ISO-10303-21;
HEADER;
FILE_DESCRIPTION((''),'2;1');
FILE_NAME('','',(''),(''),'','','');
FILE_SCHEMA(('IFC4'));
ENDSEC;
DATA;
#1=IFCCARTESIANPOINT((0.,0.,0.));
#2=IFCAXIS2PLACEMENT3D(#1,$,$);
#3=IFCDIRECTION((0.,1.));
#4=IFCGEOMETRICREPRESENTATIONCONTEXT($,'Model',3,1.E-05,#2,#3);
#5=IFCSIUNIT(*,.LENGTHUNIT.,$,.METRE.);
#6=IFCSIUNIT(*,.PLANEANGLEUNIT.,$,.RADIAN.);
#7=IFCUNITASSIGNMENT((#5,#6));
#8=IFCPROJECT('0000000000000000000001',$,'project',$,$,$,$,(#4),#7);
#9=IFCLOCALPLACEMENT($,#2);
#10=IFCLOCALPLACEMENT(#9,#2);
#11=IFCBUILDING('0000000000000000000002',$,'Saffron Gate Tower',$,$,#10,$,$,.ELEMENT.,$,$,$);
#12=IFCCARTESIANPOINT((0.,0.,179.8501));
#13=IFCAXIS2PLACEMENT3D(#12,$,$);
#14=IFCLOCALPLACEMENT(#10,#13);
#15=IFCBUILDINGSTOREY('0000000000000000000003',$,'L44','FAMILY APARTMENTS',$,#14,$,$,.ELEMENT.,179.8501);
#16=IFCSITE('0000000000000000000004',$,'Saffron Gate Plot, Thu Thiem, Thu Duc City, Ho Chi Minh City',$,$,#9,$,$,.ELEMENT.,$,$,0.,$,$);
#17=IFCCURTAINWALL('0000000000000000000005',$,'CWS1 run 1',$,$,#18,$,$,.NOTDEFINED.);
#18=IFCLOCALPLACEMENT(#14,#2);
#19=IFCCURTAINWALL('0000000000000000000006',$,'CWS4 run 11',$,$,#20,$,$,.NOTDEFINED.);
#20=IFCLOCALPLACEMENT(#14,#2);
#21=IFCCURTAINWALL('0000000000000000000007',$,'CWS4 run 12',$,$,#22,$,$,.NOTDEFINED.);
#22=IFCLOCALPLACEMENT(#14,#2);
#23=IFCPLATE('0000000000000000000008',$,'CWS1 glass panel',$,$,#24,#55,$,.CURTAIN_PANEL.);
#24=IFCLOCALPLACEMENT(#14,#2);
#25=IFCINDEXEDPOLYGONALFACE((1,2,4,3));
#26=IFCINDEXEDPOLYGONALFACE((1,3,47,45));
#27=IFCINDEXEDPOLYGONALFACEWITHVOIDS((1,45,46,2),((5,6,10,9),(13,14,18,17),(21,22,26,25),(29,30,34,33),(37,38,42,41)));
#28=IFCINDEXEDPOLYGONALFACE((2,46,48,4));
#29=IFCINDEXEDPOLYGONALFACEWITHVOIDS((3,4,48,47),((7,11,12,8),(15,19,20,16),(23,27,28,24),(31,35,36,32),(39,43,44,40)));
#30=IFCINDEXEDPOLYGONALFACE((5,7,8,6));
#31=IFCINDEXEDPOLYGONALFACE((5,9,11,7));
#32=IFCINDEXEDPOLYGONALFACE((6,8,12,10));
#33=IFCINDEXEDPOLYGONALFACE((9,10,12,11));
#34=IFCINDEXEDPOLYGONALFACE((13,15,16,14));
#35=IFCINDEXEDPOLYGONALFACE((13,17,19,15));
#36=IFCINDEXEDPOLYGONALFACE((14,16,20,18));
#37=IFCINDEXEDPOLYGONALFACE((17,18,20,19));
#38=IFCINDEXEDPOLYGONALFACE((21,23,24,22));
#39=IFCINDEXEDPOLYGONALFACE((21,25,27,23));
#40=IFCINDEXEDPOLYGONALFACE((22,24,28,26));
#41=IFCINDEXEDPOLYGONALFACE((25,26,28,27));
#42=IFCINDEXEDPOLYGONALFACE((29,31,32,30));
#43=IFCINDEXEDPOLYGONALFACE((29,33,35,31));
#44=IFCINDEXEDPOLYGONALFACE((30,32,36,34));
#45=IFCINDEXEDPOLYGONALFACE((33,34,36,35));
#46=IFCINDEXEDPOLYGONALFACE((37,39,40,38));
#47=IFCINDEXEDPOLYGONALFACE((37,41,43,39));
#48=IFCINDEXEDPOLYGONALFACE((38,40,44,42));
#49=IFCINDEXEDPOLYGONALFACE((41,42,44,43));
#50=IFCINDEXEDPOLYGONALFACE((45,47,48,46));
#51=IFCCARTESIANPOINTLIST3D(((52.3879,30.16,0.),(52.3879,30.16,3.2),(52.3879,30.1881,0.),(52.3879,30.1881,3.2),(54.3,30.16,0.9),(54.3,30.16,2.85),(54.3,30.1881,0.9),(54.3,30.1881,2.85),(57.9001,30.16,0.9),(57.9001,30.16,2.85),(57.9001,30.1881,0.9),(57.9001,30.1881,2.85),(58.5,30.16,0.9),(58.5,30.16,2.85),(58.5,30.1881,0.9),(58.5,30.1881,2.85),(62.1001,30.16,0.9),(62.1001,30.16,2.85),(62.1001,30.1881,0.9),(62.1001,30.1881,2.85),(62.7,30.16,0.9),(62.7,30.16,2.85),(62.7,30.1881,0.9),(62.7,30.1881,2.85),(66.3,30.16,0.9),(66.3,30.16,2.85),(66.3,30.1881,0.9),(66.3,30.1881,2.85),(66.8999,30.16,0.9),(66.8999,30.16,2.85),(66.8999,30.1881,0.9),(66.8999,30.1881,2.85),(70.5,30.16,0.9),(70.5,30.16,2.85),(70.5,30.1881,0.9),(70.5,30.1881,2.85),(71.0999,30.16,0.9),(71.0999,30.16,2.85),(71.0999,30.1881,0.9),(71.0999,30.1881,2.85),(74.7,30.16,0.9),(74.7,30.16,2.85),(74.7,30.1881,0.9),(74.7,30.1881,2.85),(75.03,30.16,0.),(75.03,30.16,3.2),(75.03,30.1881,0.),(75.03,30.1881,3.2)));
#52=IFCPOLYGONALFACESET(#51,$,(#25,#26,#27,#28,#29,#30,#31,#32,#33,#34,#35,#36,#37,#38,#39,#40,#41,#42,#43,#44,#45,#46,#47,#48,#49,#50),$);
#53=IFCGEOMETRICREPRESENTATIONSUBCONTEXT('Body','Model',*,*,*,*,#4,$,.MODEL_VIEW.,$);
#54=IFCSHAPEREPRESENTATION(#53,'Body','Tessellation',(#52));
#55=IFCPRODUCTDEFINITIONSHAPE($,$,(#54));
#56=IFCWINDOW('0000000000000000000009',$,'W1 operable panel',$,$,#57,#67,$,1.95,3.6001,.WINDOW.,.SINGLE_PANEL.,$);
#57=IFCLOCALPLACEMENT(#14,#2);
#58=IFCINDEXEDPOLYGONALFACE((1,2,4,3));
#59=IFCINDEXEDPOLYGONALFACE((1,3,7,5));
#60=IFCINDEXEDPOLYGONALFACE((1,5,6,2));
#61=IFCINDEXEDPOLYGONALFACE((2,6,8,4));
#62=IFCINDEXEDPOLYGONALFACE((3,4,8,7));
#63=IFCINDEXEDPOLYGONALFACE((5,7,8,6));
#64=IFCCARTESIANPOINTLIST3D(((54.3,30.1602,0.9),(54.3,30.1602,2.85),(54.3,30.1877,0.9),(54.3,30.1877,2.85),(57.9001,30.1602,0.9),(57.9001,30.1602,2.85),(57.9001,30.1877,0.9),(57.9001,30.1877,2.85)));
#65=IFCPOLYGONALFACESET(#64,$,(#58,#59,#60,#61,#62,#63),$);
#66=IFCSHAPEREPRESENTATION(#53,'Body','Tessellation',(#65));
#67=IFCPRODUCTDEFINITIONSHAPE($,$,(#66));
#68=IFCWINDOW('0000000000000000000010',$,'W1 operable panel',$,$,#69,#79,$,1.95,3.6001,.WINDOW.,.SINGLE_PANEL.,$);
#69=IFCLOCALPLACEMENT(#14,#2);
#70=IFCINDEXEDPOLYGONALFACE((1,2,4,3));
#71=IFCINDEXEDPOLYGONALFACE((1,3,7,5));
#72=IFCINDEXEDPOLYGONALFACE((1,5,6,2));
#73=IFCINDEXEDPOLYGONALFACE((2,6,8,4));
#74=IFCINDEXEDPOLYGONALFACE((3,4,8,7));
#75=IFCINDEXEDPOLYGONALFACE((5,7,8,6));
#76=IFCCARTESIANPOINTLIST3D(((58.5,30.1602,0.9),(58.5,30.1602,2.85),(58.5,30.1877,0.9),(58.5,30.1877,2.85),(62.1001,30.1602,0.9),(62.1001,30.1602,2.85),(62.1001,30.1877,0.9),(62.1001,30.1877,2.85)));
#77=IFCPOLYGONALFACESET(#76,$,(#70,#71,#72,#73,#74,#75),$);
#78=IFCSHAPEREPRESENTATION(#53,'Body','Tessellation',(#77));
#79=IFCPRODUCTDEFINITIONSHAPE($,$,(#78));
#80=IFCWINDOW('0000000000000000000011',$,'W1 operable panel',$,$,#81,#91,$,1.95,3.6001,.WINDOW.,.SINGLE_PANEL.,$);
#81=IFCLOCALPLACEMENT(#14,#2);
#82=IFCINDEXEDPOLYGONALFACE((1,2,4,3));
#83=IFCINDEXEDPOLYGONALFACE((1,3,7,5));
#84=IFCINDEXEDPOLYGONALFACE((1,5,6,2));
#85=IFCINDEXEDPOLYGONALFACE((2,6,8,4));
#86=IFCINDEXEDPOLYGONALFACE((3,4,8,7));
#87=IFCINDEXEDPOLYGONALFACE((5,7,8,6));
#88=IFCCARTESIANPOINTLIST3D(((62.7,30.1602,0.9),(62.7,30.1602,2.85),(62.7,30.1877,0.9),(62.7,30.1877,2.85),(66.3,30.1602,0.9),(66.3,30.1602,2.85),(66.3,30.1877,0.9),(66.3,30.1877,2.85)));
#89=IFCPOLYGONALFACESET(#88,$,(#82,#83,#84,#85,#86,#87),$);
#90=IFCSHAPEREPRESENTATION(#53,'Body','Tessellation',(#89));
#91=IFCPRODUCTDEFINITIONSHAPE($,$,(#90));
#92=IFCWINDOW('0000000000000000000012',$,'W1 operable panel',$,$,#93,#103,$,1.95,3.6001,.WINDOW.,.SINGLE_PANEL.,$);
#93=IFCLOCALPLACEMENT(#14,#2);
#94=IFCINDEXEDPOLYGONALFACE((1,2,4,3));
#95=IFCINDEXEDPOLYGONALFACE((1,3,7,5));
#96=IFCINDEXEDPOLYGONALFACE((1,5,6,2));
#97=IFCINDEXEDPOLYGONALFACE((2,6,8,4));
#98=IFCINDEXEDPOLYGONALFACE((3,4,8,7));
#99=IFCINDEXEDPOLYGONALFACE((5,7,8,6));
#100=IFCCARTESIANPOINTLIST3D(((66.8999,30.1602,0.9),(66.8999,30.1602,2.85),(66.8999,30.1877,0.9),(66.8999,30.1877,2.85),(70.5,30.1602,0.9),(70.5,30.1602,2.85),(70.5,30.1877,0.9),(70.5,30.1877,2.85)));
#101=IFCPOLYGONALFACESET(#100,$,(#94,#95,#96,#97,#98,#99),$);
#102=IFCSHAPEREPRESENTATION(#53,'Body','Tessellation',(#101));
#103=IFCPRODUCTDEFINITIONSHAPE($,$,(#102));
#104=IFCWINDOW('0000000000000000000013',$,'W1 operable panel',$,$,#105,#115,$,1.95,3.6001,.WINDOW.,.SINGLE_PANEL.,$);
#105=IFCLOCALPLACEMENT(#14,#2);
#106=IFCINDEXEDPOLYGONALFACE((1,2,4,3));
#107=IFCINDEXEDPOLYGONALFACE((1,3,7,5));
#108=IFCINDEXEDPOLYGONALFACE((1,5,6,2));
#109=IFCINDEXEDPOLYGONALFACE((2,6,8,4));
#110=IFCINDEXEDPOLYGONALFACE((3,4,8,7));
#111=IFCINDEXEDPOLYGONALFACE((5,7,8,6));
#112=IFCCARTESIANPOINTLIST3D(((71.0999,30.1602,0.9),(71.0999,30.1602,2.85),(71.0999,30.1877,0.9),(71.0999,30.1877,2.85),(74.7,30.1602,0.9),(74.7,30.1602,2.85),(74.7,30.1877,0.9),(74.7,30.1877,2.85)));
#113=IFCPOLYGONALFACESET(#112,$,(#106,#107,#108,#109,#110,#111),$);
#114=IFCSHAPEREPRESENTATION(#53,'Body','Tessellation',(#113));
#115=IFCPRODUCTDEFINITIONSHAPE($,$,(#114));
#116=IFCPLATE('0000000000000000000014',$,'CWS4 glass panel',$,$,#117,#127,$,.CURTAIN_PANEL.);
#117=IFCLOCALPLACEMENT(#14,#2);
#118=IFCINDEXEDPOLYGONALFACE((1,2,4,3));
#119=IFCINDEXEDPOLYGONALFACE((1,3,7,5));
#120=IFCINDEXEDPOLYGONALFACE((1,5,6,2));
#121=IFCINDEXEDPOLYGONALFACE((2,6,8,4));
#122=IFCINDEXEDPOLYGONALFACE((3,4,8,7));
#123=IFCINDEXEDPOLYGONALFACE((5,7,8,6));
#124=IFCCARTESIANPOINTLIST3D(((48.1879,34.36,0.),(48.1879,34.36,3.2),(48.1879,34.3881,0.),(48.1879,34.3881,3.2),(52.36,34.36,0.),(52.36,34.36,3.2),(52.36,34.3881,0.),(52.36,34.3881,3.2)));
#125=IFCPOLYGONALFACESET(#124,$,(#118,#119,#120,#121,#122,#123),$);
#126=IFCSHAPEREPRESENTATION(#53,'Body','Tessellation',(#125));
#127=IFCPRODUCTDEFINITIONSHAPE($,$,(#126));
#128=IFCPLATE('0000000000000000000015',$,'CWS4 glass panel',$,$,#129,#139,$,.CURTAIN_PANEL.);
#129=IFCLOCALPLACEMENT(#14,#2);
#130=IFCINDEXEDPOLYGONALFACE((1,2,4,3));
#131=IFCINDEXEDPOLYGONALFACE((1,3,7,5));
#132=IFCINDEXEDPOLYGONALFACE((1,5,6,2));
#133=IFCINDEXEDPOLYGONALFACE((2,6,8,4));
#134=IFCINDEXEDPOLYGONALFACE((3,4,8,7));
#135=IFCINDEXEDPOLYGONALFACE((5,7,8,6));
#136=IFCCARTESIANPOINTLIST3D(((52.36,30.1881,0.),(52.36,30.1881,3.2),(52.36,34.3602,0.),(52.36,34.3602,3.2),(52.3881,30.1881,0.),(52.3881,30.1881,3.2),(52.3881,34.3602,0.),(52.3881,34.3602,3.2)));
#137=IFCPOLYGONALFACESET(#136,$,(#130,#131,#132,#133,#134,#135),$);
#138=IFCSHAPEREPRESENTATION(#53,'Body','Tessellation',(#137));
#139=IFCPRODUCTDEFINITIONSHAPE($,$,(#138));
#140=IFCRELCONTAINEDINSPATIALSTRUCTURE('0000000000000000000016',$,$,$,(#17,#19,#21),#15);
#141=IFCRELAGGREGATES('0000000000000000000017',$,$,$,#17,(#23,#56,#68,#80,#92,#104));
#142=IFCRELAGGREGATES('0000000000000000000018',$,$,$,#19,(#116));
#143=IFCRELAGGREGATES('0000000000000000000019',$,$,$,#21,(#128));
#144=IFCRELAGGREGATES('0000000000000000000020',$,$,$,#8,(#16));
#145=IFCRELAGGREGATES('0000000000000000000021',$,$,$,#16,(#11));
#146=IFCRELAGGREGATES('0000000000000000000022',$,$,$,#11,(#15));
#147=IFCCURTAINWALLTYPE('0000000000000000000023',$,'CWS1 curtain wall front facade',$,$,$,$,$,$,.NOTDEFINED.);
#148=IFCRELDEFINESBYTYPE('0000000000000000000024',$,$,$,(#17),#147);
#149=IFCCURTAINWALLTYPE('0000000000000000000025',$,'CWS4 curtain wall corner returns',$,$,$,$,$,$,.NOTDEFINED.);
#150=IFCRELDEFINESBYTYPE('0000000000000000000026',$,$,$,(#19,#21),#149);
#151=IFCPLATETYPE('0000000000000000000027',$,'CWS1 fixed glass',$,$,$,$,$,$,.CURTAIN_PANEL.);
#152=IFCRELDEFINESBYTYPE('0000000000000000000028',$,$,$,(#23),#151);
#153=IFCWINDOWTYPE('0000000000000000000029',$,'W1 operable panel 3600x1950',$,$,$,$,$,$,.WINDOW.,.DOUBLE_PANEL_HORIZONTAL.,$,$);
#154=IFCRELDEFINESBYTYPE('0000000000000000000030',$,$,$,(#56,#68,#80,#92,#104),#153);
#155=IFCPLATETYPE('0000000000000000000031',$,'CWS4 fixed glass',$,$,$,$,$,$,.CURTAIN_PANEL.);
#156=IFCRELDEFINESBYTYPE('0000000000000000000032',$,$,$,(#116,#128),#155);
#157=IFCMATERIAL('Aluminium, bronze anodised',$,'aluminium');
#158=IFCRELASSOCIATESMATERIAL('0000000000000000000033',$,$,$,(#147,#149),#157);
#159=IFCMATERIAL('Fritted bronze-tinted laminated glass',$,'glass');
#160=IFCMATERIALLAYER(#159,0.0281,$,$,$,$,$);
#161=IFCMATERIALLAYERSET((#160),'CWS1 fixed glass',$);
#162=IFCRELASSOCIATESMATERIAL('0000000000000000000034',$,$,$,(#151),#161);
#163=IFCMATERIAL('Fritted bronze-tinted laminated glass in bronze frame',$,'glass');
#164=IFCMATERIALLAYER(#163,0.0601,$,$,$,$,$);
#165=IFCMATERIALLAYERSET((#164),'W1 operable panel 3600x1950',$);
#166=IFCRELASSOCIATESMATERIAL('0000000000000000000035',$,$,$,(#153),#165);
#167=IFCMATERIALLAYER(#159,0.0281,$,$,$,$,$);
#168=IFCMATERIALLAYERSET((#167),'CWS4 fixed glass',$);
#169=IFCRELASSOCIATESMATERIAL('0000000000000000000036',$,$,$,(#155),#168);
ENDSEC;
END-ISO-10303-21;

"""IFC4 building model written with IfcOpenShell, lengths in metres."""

from ifc_helpers import new_model, si_unit, direction, frame, frame_2d, origin, place, context, subcontext, project, spatial, rectangle, extrude, material, layer, layer_set, type_object, element, fill, aggregate, save


model = new_model("IFC4")

# Units and contexts
model_context = context("Model", 3, precision=1e-05, world=origin(), true_north=direction((0.0, 1.0)))
body_context = subcontext(model_context, "Body", "Model", "MODEL_VIEW")
ifc_project = project(units=[si_unit("LENGTHUNIT", "METRE"), si_unit("PLANEANGLEUNIT", "RADIAN")], contexts=[model_context])

# Site, building, storey
site_placement = place(None, origin())
site = spatial("IfcSite", under=ifc_project, at=site_placement, Name="Saffron Gate Plot, Thu Thiem, Thu Duc City, Ho Chi Minh City", CompositionType="ELEMENT", RefElevation=0.0)
building_placement = place(site_placement, origin())
building = spatial("IfcBuilding", under=site, at=building_placement, Name="Saffron Gate Tower", CompositionType="ELEMENT")
storey_placement = place(building_placement, frame((0.0, 0.0, 179.8501)))
storey = spatial("IfcBuildingStorey", under=building, at=storey_placement, Name="L44", Description="FAMILY APARTMENTS", CompositionType="ELEMENT", Elevation=179.8501)

# Curtain wall
ifc_material_1 = material(Name="Aluminium, bronze anodised", Category="aluminium")
curtain_wall_type_1 = type_object("IfcCurtainWallType", Name="CWS1 curtain wall front facade", PredefinedType="NOTDEFINED", material=ifc_material_1)
curtain_wall_1_placement = place(storey_placement, origin())
curtain_wall_1 = element("IfcCurtainWall", 1, at=curtain_wall_1_placement, inside=storey, type_object=curtain_wall_type_1, Name="CWS1 run 1", PredefinedType="NOTDEFINED")

# Curtain walls
curtain_wall_type_2 = type_object("IfcCurtainWallType", Name="CWS4 curtain wall corner returns", PredefinedType="NOTDEFINED", material=ifc_material_1)
curtain_wall_2_placement = place(storey_placement, origin())
curtain_wall_2 = element("IfcCurtainWall", 2, at=curtain_wall_2_placement, inside=storey, type_object=curtain_wall_type_2, Name="CWS4 run 11", PredefinedType="NOTDEFINED")
curtain_wall_3_placement = place(storey_placement, origin())
curtain_wall_3 = element("IfcCurtainWall", 3, at=curtain_wall_3_placement, inside=storey, type_object=curtain_wall_type_2, Name="CWS4 run 12", PredefinedType="NOTDEFINED")

# Plate, openings, windows
ifc_material_2 = material(Name="Fritted bronze-tinted laminated glass", Category="glass")
ifc_layer_1 = layer(ifc_material_2, 0.0281)
ifc_layer_set_1 = layer_set([ifc_layer_1], Name="CWS1 fixed glass")
plate_type_1 = type_object("IfcPlateType", Name="CWS1 fixed glass", PredefinedType="CURTAIN_PANEL", material=ifc_layer_set_1)
plate_1_placement = place(storey_placement, frame((52.3879, 30.1741, 0.0), z_axis=(0.0, 0.0, 1.0), x_axis=(1.0, 0.0, 0.0)))
plate_1 = element("IfcPlate", 4, at=plate_1_placement, type_object=plate_type_1, Name="CWS1 glass panel", PredefinedType="CURTAIN_PANEL", context=body_context, shape_type="SweptSolid", body=[
    extrude(rectangle(XDim=22.6421, YDim=0.0281, at=frame_2d((11.321, 0.0))), origin(), (0.0, 0.0, 1.0), 3.2),
])
opening_1_placement = place(plate_1_placement, frame((1.9121, 0.0, 0.8999)))
opening_1 = element("IfcOpeningElement", 5, at=opening_1_placement, cuts=plate_1, PredefinedType="OPENING", context=body_context, shape_type="SweptSolid", body=[
    extrude(rectangle(XDim=3.6001, YDim=1.95, at=frame_2d((1.8, 0.9751))), frame((0.0, 0.0239, 0.0), z_axis=(0.0, -1.0, 0.0), x_axis=(1.0, 0.0, 0.0)), (0.0, 0.0, 1.0), 0.0481),
])
opening_2_placement = place(plate_1_placement, frame((6.1121, 0.0, 0.8999)))
opening_2 = element("IfcOpeningElement", 6, at=opening_2_placement, cuts=plate_1, PredefinedType="OPENING", context=body_context, shape_type="SweptSolid", body=[
    extrude(rectangle(XDim=3.6001, YDim=1.95, at=frame_2d((1.8, 0.9751))), frame((0.0, 0.0239, 0.0), z_axis=(0.0, -1.0, 0.0), x_axis=(1.0, 0.0, 0.0)), (0.0, 0.0, 1.0), 0.0481),
])
opening_3_placement = place(plate_1_placement, frame((10.312, 0.0, 0.8999)))
opening_3 = element("IfcOpeningElement", 7, at=opening_3_placement, cuts=plate_1, PredefinedType="OPENING", context=body_context, shape_type="SweptSolid", body=[
    extrude(rectangle(XDim=3.6001, YDim=1.95, at=frame_2d((1.8, 0.9751))), frame((0.0, 0.0239, 0.0), z_axis=(0.0, -1.0, 0.0), x_axis=(1.0, 0.0, 0.0)), (0.0, 0.0, 1.0), 0.0481),
])
opening_4_placement = place(plate_1_placement, frame((14.512, 0.0, 0.8999)))
opening_4 = element("IfcOpeningElement", 8, at=opening_4_placement, cuts=plate_1, PredefinedType="OPENING", context=body_context, shape_type="SweptSolid", body=[
    extrude(rectangle(XDim=3.6001, YDim=1.95, at=frame_2d((1.8, 0.9751))), frame((0.0, 0.0239, 0.0), z_axis=(0.0, -1.0, 0.0), x_axis=(1.0, 0.0, 0.0)), (0.0, 0.0, 1.0), 0.0481),
])
opening_5_placement = place(plate_1_placement, frame((18.7119, 0.0, 0.8999)))
opening_5 = element("IfcOpeningElement", 9, at=opening_5_placement, cuts=plate_1, PredefinedType="OPENING", context=body_context, shape_type="SweptSolid", body=[
    extrude(rectangle(XDim=3.6001, YDim=1.95, at=frame_2d((1.8, 0.9751))), frame((0.0, 0.0239, 0.0), z_axis=(0.0, -1.0, 0.0), x_axis=(1.0, 0.0, 0.0)), (0.0, 0.0, 1.0), 0.0481),
])
ifc_material_3 = material(Name="Fritted bronze-tinted laminated glass in bronze frame", Category="glass")
ifc_layer_2 = layer(ifc_material_3, 0.0601)
ifc_layer_set_2 = layer_set([ifc_layer_2], Name="W1 operable panel 3600x1950")
window_type = type_object("IfcWindowType", Name="W1 operable panel 3600x1950", PartitioningType="DOUBLE_PANEL_HORIZONTAL", PredefinedType="WINDOW", material=ifc_layer_set_2)
window_1_placement = place(opening_1_placement, origin())
window_1 = element("IfcWindow", 10, at=window_1_placement, type_object=window_type, Name="W1 operable panel", OverallHeight=1.95, OverallWidth=3.6001, PartitioningType="SINGLE_PANEL", PredefinedType="WINDOW", context=body_context, shape_type="SweptSolid", body=[
    extrude(rectangle(XDim=3.6001, YDim=1.95, at=frame_2d((1.8, 0.9751))), frame((0.0, 0.0137, 0.0), z_axis=(0.0, -1.0, 0.0), x_axis=(1.0, 0.0, 0.0)), (0.0, 0.0, 1.0), 0.0276),
])
fill(opening_1, window_1)
window_2_placement = place(opening_2_placement, origin())
window_2 = element("IfcWindow", 11, at=window_2_placement, type_object=window_type, Name="W1 operable panel", OverallHeight=1.95, OverallWidth=3.6001, PartitioningType="SINGLE_PANEL", PredefinedType="WINDOW", context=body_context, shape_type="SweptSolid", body=[
    extrude(rectangle(XDim=3.6001, YDim=1.95, at=frame_2d((1.8, 0.9751))), frame((0.0, 0.0137, 0.0), z_axis=(0.0, -1.0, 0.0), x_axis=(1.0, 0.0, 0.0)), (0.0, 0.0, 1.0), 0.0276),
])
fill(opening_2, window_2)
window_3_placement = place(opening_3_placement, origin())
window_3 = element("IfcWindow", 12, at=window_3_placement, type_object=window_type, Name="W1 operable panel", OverallHeight=1.95, OverallWidth=3.6001, PartitioningType="SINGLE_PANEL", PredefinedType="WINDOW", context=body_context, shape_type="SweptSolid", body=[
    extrude(rectangle(XDim=3.6001, YDim=1.95, at=frame_2d((1.8, 0.9751))), frame((0.0, 0.0137, 0.0), z_axis=(0.0, -1.0, 0.0), x_axis=(1.0, 0.0, 0.0)), (0.0, 0.0, 1.0), 0.0276),
])
fill(opening_3, window_3)
window_4_placement = place(opening_4_placement, origin())
window_4 = element("IfcWindow", 13, at=window_4_placement, type_object=window_type, Name="W1 operable panel", OverallHeight=1.95, OverallWidth=3.6001, PartitioningType="SINGLE_PANEL", PredefinedType="WINDOW", context=body_context, shape_type="SweptSolid", body=[
    extrude(rectangle(XDim=3.6001, YDim=1.95, at=frame_2d((1.8, 0.9751))), frame((0.0, 0.0137, 0.0), z_axis=(0.0, -1.0, 0.0), x_axis=(1.0, 0.0, 0.0)), (0.0, 0.0, 1.0), 0.0276),
])
fill(opening_4, window_4)
window_5_placement = place(opening_5_placement, origin())
window_5 = element("IfcWindow", 14, at=window_5_placement, type_object=window_type, Name="W1 operable panel", OverallHeight=1.95, OverallWidth=3.6001, PartitioningType="SINGLE_PANEL", PredefinedType="WINDOW", context=body_context, shape_type="SweptSolid", body=[
    extrude(rectangle(XDim=3.6001, YDim=1.95, at=frame_2d((1.8, 0.9751))), frame((0.0, 0.0137, 0.0), z_axis=(0.0, -1.0, 0.0), x_axis=(1.0, 0.0, 0.0)), (0.0, 0.0, 1.0), 0.0276),
])
fill(opening_5, window_5)
aggregate(curtain_wall_1, [plate_1, window_1, window_2, window_3, window_4, window_5])

# Plates
ifc_layer_3 = layer(ifc_material_2, 0.0281)
ifc_layer_set_3 = layer_set([ifc_layer_3], Name="CWS4 fixed glass")
plate_type_2 = type_object("IfcPlateType", Name="CWS4 fixed glass", PredefinedType="CURTAIN_PANEL", material=ifc_layer_set_3)
plate_2_placement = place(storey_placement, frame((48.188, 34.374, 0.0), z_axis=(0.0, 0.0, 1.0), x_axis=(1.0, 0.0, 0.0)))
plate_2 = element("IfcPlate", 15, at=plate_2_placement, type_object=plate_type_2, Name="CWS4 glass panel", PredefinedType="CURTAIN_PANEL", context=body_context, shape_type="SweptSolid", body=[
    extrude(rectangle(XDim=4.1721, YDim=0.0281, at=frame_2d((2.0859, 0.0))), origin(), (0.0, 0.0, 1.0), 3.2),
])
aggregate(curtain_wall_2, [plate_2])
plate_3_placement = place(storey_placement, frame((52.374, 34.3601, 0.0), z_axis=(0.0, 0.0, 1.0), x_axis=(0.0, -1.0, 0.0)))
plate_3 = element("IfcPlate", 16, at=plate_3_placement, type_object=plate_type_2, Name="CWS4 glass panel", PredefinedType="CURTAIN_PANEL", context=body_context, shape_type="SweptSolid", body=[
    extrude(rectangle(XDim=4.1721, YDim=0.0281, at=frame_2d((2.0859, 0.0))), origin(), (0.0, 0.0, 1.0), 3.2),
])
aggregate(curtain_wall_3, [plate_3])

save(model, "model.ifc")
